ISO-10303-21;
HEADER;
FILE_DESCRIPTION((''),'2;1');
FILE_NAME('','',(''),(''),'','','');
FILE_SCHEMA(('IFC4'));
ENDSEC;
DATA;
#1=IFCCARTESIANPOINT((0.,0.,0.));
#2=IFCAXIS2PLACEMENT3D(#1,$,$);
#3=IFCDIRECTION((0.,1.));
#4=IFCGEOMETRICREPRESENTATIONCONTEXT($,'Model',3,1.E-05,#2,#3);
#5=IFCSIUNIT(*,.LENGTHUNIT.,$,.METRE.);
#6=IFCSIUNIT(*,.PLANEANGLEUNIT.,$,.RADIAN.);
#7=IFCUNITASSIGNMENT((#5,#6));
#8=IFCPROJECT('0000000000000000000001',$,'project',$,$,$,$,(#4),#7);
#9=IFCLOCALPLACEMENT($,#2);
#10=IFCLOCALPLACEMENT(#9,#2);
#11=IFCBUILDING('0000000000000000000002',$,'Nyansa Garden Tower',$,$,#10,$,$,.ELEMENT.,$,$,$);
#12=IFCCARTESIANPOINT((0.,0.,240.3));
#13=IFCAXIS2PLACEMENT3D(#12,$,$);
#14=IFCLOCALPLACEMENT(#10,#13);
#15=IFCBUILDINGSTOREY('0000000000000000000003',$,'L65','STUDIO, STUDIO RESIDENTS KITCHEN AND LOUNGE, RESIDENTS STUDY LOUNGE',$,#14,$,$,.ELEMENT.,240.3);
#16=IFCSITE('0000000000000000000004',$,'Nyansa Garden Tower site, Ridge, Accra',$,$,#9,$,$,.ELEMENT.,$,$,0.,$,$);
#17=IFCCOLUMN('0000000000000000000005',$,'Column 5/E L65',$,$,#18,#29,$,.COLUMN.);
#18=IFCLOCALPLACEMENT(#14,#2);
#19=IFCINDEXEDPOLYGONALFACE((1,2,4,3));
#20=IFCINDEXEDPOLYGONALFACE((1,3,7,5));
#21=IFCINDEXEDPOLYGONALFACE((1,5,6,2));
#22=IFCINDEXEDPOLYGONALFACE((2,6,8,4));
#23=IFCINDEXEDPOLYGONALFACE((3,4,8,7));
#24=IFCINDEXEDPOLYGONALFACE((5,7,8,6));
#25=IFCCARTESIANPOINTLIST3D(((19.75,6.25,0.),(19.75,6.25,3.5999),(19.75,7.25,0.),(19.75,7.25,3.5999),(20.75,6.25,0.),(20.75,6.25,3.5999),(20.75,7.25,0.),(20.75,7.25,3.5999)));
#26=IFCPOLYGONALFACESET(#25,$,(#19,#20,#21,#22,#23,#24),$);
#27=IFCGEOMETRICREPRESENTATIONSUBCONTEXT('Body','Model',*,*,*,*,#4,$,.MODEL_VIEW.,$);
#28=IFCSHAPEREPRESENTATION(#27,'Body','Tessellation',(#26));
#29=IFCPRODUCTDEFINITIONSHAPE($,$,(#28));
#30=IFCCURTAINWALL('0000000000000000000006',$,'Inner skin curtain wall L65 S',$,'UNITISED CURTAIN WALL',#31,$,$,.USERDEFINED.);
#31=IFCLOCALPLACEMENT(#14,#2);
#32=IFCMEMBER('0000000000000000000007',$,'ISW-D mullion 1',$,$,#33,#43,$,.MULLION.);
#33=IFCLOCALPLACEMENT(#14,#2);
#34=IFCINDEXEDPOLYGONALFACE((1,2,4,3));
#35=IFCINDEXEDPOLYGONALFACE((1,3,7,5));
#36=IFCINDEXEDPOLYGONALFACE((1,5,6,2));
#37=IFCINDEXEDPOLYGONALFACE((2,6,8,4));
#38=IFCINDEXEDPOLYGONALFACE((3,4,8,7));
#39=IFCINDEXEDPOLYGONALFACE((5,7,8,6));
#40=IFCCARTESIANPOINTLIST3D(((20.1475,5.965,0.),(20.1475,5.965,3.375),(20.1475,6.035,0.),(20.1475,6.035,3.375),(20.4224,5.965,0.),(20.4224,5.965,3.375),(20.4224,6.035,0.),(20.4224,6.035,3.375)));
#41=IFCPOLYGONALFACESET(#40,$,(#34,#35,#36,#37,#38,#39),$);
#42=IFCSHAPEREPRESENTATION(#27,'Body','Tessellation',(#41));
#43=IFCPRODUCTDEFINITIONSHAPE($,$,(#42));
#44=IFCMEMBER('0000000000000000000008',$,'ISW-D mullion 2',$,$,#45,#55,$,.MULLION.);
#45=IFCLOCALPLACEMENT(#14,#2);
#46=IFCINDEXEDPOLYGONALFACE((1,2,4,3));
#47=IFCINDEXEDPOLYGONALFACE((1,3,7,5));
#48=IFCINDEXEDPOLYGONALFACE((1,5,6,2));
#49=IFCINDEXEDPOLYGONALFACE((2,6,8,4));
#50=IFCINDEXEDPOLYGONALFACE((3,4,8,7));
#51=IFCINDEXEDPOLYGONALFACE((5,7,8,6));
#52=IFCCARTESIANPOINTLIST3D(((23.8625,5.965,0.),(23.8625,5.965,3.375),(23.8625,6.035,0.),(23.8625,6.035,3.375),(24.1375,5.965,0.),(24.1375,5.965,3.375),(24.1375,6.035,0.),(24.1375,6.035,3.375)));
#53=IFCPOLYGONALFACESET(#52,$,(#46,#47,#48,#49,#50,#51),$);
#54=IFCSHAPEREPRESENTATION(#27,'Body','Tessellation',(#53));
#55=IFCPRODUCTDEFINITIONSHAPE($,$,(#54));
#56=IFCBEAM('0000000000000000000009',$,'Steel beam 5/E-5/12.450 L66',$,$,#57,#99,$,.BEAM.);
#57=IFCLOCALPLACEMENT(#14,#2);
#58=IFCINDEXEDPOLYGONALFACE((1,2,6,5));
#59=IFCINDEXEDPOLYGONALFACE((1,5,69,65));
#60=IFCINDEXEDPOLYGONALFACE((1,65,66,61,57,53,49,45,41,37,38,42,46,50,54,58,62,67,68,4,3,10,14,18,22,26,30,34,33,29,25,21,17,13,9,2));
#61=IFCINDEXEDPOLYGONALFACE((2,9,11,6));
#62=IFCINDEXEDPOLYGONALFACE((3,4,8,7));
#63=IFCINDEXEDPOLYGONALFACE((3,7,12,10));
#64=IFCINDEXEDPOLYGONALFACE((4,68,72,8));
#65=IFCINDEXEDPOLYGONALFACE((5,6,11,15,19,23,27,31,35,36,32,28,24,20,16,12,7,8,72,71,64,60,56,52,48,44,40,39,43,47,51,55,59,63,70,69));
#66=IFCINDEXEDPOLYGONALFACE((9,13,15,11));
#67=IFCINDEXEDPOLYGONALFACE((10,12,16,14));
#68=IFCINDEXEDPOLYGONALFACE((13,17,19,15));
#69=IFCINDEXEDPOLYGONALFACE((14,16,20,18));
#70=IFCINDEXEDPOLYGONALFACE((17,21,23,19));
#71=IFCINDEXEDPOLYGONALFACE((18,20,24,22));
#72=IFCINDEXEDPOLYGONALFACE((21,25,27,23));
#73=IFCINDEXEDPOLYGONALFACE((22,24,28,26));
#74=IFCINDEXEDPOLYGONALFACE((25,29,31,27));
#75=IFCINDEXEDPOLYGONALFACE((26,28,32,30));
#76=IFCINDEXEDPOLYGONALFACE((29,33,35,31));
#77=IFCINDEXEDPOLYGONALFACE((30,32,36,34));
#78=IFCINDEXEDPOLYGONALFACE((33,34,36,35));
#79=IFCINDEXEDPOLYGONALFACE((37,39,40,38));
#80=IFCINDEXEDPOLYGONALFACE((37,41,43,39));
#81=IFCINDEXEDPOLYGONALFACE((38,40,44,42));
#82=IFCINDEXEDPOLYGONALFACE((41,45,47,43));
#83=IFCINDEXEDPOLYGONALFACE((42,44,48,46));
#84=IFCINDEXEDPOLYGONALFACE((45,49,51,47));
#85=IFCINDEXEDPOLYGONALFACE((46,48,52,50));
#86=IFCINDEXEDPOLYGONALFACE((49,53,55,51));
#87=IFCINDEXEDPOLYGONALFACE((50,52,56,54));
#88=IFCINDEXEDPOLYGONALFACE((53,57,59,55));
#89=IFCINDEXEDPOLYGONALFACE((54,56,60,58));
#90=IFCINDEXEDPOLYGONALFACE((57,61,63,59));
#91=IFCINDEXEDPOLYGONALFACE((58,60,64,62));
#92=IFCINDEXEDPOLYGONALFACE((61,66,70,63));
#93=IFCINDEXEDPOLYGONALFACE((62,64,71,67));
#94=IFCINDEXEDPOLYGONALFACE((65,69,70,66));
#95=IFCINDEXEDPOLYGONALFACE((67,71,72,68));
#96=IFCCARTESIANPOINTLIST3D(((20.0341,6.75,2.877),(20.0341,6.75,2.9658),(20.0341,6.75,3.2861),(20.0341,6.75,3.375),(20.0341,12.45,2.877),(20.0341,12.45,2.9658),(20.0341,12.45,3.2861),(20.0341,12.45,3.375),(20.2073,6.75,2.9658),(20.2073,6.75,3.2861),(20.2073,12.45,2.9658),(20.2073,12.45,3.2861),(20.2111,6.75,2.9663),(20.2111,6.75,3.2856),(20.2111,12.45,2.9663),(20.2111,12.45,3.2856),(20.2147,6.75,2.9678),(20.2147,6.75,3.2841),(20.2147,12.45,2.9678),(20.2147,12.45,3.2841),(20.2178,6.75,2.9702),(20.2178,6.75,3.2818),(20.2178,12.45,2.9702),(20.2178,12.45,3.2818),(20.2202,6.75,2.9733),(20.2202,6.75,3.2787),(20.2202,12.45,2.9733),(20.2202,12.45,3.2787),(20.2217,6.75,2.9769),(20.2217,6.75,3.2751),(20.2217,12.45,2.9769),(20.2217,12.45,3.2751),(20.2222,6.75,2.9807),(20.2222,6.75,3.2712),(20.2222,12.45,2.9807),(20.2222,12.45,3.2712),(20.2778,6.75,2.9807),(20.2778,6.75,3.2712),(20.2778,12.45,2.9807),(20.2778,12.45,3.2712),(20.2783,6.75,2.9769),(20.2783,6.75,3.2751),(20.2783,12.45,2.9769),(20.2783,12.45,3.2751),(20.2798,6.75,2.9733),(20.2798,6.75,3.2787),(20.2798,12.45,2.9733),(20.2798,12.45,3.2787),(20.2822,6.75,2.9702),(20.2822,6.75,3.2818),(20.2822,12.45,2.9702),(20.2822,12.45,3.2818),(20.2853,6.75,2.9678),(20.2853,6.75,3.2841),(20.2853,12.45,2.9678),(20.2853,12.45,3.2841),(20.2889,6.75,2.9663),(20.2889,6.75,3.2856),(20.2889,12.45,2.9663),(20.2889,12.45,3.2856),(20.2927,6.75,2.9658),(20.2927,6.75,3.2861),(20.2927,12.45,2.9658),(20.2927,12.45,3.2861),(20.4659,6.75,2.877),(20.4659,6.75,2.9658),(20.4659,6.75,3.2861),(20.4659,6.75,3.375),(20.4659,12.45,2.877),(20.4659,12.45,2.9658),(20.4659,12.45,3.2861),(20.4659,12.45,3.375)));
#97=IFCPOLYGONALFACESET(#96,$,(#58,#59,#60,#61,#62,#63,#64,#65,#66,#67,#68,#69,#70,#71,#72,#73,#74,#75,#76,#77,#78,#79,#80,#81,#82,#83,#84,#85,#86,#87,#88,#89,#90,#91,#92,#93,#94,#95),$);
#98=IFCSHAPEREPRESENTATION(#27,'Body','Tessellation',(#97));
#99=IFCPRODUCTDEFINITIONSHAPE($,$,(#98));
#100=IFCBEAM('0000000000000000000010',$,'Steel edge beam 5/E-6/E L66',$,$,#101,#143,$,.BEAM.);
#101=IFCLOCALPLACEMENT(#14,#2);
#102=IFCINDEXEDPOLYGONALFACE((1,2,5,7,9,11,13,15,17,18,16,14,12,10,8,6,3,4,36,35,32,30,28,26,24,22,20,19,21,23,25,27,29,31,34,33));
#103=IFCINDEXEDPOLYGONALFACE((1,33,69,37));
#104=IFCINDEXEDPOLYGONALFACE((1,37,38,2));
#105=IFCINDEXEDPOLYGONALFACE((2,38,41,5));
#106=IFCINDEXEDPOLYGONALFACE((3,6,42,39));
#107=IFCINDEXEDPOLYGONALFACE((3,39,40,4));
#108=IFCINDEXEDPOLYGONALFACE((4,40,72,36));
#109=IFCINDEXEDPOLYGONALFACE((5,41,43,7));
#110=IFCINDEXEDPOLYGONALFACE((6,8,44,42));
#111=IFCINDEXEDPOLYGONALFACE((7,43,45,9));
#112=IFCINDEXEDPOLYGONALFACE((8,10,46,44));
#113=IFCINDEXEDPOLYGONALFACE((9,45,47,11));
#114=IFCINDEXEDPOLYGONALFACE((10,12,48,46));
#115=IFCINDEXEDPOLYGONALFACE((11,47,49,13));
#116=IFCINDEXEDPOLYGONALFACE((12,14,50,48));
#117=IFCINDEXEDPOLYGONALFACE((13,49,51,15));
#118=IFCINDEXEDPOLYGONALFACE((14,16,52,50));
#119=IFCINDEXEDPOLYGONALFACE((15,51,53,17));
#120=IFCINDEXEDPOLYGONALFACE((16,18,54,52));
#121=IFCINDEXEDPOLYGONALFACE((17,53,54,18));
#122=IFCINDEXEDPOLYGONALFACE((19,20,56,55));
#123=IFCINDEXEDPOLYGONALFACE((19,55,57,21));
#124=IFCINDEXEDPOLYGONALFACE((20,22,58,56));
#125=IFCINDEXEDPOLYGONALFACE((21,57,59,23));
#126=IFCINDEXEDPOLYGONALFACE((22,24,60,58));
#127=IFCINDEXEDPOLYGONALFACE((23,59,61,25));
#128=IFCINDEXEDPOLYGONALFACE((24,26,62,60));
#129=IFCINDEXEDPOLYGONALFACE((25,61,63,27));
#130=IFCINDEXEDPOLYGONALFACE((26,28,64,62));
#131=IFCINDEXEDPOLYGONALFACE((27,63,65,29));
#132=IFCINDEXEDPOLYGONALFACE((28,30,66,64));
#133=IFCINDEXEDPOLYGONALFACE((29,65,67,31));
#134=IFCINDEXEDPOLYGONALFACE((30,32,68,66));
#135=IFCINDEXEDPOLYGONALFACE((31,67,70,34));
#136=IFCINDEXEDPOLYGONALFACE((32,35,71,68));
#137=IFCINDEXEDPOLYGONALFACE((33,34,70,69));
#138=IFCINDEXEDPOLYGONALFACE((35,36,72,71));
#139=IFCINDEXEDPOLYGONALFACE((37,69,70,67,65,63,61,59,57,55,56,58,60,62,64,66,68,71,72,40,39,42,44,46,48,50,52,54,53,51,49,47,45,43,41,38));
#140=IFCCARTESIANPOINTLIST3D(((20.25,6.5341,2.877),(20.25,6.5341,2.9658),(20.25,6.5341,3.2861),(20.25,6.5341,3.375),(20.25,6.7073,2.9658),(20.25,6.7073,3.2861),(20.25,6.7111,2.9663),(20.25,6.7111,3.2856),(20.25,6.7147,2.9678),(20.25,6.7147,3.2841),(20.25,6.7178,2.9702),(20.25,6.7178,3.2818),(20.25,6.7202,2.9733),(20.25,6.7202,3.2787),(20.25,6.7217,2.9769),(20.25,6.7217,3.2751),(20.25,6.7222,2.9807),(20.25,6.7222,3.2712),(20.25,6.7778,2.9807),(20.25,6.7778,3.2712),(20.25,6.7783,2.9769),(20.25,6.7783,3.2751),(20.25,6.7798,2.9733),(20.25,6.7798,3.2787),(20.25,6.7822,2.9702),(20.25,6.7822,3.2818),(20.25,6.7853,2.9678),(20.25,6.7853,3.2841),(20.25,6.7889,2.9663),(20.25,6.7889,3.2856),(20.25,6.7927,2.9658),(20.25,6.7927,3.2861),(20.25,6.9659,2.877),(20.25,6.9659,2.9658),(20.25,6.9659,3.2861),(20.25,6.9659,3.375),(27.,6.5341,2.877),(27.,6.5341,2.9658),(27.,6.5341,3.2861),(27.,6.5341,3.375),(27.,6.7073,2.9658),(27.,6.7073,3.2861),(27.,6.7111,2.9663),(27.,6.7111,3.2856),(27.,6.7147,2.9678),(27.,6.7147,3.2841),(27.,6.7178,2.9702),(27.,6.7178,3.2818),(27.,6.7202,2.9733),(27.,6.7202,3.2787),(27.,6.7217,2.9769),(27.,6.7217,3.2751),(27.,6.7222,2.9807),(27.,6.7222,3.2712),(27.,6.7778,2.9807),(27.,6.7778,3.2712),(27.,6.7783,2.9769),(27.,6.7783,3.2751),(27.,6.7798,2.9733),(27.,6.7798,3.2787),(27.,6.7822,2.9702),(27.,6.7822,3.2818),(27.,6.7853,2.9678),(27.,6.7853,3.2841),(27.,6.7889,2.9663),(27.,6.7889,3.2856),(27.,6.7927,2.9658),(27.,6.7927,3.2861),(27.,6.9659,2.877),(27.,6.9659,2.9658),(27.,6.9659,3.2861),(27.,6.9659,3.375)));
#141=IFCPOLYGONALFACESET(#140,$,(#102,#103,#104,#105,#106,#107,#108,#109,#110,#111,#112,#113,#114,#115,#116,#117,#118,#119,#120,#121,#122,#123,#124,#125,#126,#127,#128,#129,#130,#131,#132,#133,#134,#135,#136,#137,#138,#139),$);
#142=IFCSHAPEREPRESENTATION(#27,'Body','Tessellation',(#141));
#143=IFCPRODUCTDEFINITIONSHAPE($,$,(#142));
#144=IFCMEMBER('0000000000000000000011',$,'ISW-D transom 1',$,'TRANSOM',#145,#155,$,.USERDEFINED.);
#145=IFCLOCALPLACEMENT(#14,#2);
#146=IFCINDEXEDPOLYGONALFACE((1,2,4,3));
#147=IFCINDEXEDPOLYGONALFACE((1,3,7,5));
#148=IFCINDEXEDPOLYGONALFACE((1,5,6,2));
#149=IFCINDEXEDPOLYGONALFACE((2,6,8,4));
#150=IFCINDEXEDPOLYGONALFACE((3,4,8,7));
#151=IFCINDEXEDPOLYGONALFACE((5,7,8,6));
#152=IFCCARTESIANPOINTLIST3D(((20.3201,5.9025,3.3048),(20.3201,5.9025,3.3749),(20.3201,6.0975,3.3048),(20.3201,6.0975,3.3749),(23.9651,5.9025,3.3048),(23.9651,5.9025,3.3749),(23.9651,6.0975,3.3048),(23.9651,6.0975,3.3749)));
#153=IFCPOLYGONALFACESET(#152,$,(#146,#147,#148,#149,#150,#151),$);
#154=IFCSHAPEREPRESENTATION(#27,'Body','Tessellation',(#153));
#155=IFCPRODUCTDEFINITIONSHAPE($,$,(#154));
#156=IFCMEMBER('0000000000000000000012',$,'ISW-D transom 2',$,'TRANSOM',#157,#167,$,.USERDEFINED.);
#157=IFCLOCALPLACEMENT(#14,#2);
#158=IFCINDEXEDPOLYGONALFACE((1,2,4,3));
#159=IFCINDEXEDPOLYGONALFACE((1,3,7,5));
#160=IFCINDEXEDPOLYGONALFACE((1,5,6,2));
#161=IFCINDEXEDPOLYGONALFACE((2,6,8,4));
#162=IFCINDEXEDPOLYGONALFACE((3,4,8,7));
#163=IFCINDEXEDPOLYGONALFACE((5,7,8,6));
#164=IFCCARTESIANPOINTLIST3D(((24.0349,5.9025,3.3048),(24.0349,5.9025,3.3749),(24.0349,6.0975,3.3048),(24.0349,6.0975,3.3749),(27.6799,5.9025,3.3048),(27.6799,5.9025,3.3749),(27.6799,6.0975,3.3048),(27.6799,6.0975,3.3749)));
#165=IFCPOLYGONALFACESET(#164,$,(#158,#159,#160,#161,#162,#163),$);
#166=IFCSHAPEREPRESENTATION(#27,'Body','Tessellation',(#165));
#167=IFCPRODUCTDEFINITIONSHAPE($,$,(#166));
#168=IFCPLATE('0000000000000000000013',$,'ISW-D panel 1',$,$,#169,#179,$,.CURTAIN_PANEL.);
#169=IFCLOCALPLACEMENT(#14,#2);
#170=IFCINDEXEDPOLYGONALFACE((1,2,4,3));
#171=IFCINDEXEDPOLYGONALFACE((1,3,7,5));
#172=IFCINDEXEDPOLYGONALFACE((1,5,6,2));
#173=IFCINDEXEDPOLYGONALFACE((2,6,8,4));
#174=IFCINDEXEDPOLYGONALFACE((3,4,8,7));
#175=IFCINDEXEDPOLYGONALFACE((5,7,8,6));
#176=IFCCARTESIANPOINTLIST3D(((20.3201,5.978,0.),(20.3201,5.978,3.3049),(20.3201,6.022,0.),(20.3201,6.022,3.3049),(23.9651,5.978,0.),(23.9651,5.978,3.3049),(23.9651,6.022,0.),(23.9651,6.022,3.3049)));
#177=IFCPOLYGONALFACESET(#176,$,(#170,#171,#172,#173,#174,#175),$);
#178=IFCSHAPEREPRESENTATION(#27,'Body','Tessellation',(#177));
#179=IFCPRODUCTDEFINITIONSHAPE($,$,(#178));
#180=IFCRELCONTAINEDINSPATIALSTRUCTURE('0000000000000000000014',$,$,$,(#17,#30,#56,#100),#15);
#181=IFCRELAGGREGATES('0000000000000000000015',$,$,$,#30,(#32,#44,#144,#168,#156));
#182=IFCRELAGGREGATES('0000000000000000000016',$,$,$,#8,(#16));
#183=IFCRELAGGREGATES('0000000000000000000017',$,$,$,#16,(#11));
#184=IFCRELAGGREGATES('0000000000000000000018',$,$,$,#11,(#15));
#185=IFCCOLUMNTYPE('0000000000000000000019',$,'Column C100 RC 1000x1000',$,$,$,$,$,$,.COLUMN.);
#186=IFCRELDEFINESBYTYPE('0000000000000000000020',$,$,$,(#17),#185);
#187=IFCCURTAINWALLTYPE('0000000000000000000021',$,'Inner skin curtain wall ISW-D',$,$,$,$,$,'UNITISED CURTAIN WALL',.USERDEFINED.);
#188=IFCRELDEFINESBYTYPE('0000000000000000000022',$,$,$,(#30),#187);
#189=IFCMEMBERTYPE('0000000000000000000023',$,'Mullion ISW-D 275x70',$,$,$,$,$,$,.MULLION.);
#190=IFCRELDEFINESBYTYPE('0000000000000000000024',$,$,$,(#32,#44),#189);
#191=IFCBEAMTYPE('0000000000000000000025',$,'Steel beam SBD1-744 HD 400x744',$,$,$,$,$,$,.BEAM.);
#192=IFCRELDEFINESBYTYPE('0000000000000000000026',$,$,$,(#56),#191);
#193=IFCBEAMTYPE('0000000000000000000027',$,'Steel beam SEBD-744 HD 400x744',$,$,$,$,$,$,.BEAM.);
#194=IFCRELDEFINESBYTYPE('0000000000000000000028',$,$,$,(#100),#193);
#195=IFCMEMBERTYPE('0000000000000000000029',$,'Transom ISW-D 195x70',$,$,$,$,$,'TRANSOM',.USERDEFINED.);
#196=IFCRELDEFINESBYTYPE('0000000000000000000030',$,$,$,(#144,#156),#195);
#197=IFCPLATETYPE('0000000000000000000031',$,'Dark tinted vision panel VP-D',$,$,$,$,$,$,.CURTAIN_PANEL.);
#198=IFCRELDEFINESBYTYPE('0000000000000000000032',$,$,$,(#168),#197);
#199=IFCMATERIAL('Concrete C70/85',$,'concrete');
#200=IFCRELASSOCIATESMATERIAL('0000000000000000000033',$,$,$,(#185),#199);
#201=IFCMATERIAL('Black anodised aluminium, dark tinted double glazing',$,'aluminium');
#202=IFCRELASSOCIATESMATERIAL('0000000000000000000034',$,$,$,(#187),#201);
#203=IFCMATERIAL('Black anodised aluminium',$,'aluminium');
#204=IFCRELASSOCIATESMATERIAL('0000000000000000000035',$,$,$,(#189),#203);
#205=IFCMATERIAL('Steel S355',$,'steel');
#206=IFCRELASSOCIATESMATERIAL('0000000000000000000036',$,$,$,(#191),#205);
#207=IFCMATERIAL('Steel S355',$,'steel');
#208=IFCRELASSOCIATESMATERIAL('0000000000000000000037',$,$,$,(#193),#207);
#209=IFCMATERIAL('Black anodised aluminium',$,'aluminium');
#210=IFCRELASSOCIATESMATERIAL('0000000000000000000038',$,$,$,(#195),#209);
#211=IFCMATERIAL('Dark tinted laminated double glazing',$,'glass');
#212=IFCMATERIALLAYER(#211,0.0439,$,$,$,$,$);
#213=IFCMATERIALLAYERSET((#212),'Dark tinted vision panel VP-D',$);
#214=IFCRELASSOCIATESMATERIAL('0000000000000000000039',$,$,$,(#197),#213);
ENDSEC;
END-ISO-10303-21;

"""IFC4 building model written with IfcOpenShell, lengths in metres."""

from ifc_helpers import new_model, si_unit, direction, frame, origin, origin_2d, place, context, subcontext, project, spatial, rectangle, i_section, extrude, material, layer, layer_set, material_profile, profile_set, type_object, element, aggregate, save


model = new_model("IFC4")

# Units and contexts
model_context = context("Model", 3, precision=1e-05, world=origin(), true_north=direction((0.0, 1.0)))
body_context = subcontext(model_context, "Body", "Model", "MODEL_VIEW")
ifc_project = project(units=[si_unit("LENGTHUNIT", "METRE"), si_unit("PLANEANGLEUNIT", "RADIAN")], contexts=[model_context])

# Site, building, storey
site_placement = place(None, origin())
site = spatial("IfcSite", under=ifc_project, at=site_placement, Name="Nyansa Garden Tower site, Ridge, Accra", CompositionType="ELEMENT", RefElevation=0.0)
building_placement = place(site_placement, origin())
building = spatial("IfcBuilding", under=site, at=building_placement, Name="Nyansa Garden Tower", CompositionType="ELEMENT")
storey_placement = place(building_placement, frame((0.0, 0.0, 240.3)))
storey = spatial("IfcBuildingStorey", under=building, at=storey_placement, Name="L65", Description="STUDIO, STUDIO RESIDENTS KITCHEN AND LOUNGE, RESIDENTS STUDY LOUNGE", CompositionType="ELEMENT", Elevation=240.3)

# Column
ifc_material_1 = material(Name="Concrete C70/85", Category="concrete")
ifc_material_profile_1 = material_profile(ifc_material_1, rectangle(XDim=1.0, YDim=1.0, at=origin_2d()), Name="RC 1000x1000")
ifc_profile_set_1 = profile_set([ifc_material_profile_1], Name="Concrete C70/85")
column_type = type_object("IfcColumnType", Name="Column C100 RC 1000x1000", PredefinedType="COLUMN", material=ifc_profile_set_1)
column_placement = place(storey_placement, frame((20.25, 6.75, 0.0), z_axis=(0.0, 0.0, 1.0), x_axis=(1.0, 0.0, 0.0)))
element("IfcColumn", 1, at=column_placement, inside=storey, type_object=column_type, Name="Column 5/E L65", PredefinedType="COLUMN", context=body_context, shape_type="SweptSolid", body=[
    extrude(rectangle(XDim=1.0, YDim=1.0, at=origin_2d()), origin(), (0.0, 0.0, 1.0), 3.5999),
])

# Curtain wall, members
ifc_material_2 = material(Name="Black anodised aluminium, dark tinted double glazing", Category="aluminium")
curtain_wall_type = type_object("IfcCurtainWallType", Name="Inner skin curtain wall ISW-D", ElementType="UNITISED CURTAIN WALL", PredefinedType="USERDEFINED", material=ifc_material_2)
curtain_wall_placement = place(storey_placement, origin())
curtain_wall = element("IfcCurtainWall", 2, at=curtain_wall_placement, inside=storey, type_object=curtain_wall_type, Name="Inner skin curtain wall L65 S", ObjectType="UNITISED CURTAIN WALL", PredefinedType="USERDEFINED")
ifc_material_3 = material(Name="Black anodised aluminium", Category="aluminium")
ifc_material_profile_2 = material_profile(ifc_material_3, rectangle(XDim=0.0701, YDim=0.2749, at=origin_2d()), Name="Mullion 275x70")
ifc_profile_set_2 = profile_set([ifc_material_profile_2], Name="Black anodised aluminium")
member_type_1 = type_object("IfcMemberType", Name="Mullion ISW-D 275x70", PredefinedType="MULLION", material=ifc_profile_set_2)
member_1_placement = place(storey_placement, frame((20.2849, 6.0, 0.0), z_axis=(0.0, 0.0, 1.0), x_axis=(0.0, 1.0, 0.0)))
member_1 = element("IfcMember", 3, at=member_1_placement, type_object=member_type_1, Name="ISW-D mullion 1", PredefinedType="MULLION", context=body_context, shape_type="SweptSolid", body=[
    extrude(rectangle(XDim=0.0701, YDim=0.2749, at=origin_2d()), origin(), (0.0, 0.0, 1.0), 3.375),
])
member_2_placement = place(storey_placement, frame((24.0, 6.0, 0.0), z_axis=(0.0, 0.0, 1.0), x_axis=(0.0, 1.0, 0.0)))
member_2 = element("IfcMember", 4, at=member_2_placement, type_object=member_type_1, Name="ISW-D mullion 2", PredefinedType="MULLION", context=body_context, shape_type="SweptSolid", body=[
    extrude(rectangle(XDim=0.0701, YDim=0.2749, at=origin_2d()), origin(), (0.0, 0.0, 1.0), 3.375),
])

# Beams
ifc_material_4 = material(Name="Steel S355", Category="steel")
ifc_material_profile_3 = material_profile(ifc_material_4, i_section(OverallWidth=0.4319, OverallDepth=0.498, WebThickness=0.0557, FlangeThickness=0.0889, FilletRadius=0.0149, at=origin_2d()), Name="HD 400x744")
ifc_profile_set_3 = profile_set([ifc_material_profile_3], Name="Steel S355")
beam_type_1 = type_object("IfcBeamType", Name="Steel beam SBD1-744 HD 400x744", PredefinedType="BEAM", material=ifc_profile_set_3)
beam_1_placement = place(storey_placement, frame((20.25, 6.75, 3.126), z_axis=(0.0, 1.0, 0.0), x_axis=(-1.0, 0.0, 0.0)))
element("IfcBeam", 5, at=beam_1_placement, inside=storey, type_object=beam_type_1, Name="Steel beam 5/E-5/12.450 L66", PredefinedType="BEAM", context=body_context, shape_type="SweptSolid", body=[
    extrude(i_section(OverallWidth=0.4319, OverallDepth=0.498, WebThickness=0.0557, FlangeThickness=0.0889, FilletRadius=0.0149, at=origin_2d()), origin(), (0.0, 0.0, 1.0), 5.7),
])
ifc_material_5 = material(Name="Steel S355", Category="steel")
ifc_material_profile_4 = material_profile(ifc_material_5, i_section(OverallWidth=0.4319, OverallDepth=0.498, WebThickness=0.0557, FlangeThickness=0.0889, FilletRadius=0.0149, at=origin_2d()), Name="HD 400x744")
ifc_profile_set_4 = profile_set([ifc_material_profile_4], Name="Steel S355")
beam_type_2 = type_object("IfcBeamType", Name="Steel beam SEBD-744 HD 400x744", PredefinedType="BEAM", material=ifc_profile_set_4)
beam_2_placement = place(storey_placement, frame((20.25, 6.75, 3.126), z_axis=(1.0, 0.0, 0.0), x_axis=(0.0, 1.0, 0.0)))
element("IfcBeam", 6, at=beam_2_placement, inside=storey, type_object=beam_type_2, Name="Steel edge beam 5/E-6/E L66", PredefinedType="BEAM", context=body_context, shape_type="SweptSolid", body=[
    extrude(i_section(OverallWidth=0.4319, OverallDepth=0.498, WebThickness=0.0557, FlangeThickness=0.0889, FilletRadius=0.0149, at=origin_2d()), origin(), (0.0, 0.0, 1.0), 6.75),
])

# Members
ifc_material_6 = material(Name="Black anodised aluminium", Category="aluminium")
ifc_material_profile_5 = material_profile(ifc_material_6, rectangle(XDim=0.1951, YDim=0.0701, at=origin_2d()), Name="Transom 195x70")
ifc_profile_set_5 = profile_set([ifc_material_profile_5], Name="Black anodised aluminium")
member_type_2 = type_object("IfcMemberType", Name="Transom ISW-D 195x70", ElementType="TRANSOM", PredefinedType="USERDEFINED", material=ifc_profile_set_5)
member_3_placement = place(storey_placement, frame((20.3201, 6.0, 3.3398), z_axis=(1.0, 0.0, 0.0), x_axis=(0.0, 1.0, 0.0)))
member_3 = element("IfcMember", 7, at=member_3_placement, type_object=member_type_2, Name="ISW-D transom 1", ObjectType="TRANSOM", PredefinedType="USERDEFINED", context=body_context, shape_type="SweptSolid", body=[
    extrude(rectangle(XDim=0.1951, YDim=0.0701, at=origin_2d()), origin(), (0.0, 0.0, 1.0), 3.645),
])
member_4_placement = place(storey_placement, frame((24.0349, 6.0, 3.3398), z_axis=(1.0, 0.0, 0.0), x_axis=(0.0, 1.0, 0.0)))
member_4 = element("IfcMember", 8, at=member_4_placement, type_object=member_type_2, Name="ISW-D transom 2", ObjectType="TRANSOM", PredefinedType="USERDEFINED", context=body_context, shape_type="SweptSolid", body=[
    extrude(rectangle(XDim=0.1951, YDim=0.0701, at=origin_2d()), origin(), (0.0, 0.0, 1.0), 3.645),
])

# Plate
ifc_material_7 = material(Name="Dark tinted laminated double glazing", Category="glass")
ifc_layer_1 = layer(ifc_material_7, 0.0439)
ifc_layer_set_1 = layer_set([ifc_layer_1], Name="Dark tinted vision panel VP-D")
plate_type = type_object("IfcPlateType", Name="Dark tinted vision panel VP-D", PredefinedType="CURTAIN_PANEL", material=ifc_layer_set_1)
plate_1_placement = place(storey_placement, frame((22.1426, 6.0, 0.0), z_axis=(0.0, 0.0, 1.0), x_axis=(1.0, 0.0, 0.0)))
plate_1 = element("IfcPlate", 9, at=plate_1_placement, type_object=plate_type, Name="ISW-D panel 1", PredefinedType="CURTAIN_PANEL", context=body_context, shape_type="SweptSolid", body=[
    extrude(rectangle(XDim=3.645, YDim=0.0439, at=origin_2d()), origin(), (0.0, 0.0, 1.0), 3.3049),
])
aggregate(curtain_wall, [member_1, member_2, member_3, plate_1, member_4])

save(model, "model.ifc")
